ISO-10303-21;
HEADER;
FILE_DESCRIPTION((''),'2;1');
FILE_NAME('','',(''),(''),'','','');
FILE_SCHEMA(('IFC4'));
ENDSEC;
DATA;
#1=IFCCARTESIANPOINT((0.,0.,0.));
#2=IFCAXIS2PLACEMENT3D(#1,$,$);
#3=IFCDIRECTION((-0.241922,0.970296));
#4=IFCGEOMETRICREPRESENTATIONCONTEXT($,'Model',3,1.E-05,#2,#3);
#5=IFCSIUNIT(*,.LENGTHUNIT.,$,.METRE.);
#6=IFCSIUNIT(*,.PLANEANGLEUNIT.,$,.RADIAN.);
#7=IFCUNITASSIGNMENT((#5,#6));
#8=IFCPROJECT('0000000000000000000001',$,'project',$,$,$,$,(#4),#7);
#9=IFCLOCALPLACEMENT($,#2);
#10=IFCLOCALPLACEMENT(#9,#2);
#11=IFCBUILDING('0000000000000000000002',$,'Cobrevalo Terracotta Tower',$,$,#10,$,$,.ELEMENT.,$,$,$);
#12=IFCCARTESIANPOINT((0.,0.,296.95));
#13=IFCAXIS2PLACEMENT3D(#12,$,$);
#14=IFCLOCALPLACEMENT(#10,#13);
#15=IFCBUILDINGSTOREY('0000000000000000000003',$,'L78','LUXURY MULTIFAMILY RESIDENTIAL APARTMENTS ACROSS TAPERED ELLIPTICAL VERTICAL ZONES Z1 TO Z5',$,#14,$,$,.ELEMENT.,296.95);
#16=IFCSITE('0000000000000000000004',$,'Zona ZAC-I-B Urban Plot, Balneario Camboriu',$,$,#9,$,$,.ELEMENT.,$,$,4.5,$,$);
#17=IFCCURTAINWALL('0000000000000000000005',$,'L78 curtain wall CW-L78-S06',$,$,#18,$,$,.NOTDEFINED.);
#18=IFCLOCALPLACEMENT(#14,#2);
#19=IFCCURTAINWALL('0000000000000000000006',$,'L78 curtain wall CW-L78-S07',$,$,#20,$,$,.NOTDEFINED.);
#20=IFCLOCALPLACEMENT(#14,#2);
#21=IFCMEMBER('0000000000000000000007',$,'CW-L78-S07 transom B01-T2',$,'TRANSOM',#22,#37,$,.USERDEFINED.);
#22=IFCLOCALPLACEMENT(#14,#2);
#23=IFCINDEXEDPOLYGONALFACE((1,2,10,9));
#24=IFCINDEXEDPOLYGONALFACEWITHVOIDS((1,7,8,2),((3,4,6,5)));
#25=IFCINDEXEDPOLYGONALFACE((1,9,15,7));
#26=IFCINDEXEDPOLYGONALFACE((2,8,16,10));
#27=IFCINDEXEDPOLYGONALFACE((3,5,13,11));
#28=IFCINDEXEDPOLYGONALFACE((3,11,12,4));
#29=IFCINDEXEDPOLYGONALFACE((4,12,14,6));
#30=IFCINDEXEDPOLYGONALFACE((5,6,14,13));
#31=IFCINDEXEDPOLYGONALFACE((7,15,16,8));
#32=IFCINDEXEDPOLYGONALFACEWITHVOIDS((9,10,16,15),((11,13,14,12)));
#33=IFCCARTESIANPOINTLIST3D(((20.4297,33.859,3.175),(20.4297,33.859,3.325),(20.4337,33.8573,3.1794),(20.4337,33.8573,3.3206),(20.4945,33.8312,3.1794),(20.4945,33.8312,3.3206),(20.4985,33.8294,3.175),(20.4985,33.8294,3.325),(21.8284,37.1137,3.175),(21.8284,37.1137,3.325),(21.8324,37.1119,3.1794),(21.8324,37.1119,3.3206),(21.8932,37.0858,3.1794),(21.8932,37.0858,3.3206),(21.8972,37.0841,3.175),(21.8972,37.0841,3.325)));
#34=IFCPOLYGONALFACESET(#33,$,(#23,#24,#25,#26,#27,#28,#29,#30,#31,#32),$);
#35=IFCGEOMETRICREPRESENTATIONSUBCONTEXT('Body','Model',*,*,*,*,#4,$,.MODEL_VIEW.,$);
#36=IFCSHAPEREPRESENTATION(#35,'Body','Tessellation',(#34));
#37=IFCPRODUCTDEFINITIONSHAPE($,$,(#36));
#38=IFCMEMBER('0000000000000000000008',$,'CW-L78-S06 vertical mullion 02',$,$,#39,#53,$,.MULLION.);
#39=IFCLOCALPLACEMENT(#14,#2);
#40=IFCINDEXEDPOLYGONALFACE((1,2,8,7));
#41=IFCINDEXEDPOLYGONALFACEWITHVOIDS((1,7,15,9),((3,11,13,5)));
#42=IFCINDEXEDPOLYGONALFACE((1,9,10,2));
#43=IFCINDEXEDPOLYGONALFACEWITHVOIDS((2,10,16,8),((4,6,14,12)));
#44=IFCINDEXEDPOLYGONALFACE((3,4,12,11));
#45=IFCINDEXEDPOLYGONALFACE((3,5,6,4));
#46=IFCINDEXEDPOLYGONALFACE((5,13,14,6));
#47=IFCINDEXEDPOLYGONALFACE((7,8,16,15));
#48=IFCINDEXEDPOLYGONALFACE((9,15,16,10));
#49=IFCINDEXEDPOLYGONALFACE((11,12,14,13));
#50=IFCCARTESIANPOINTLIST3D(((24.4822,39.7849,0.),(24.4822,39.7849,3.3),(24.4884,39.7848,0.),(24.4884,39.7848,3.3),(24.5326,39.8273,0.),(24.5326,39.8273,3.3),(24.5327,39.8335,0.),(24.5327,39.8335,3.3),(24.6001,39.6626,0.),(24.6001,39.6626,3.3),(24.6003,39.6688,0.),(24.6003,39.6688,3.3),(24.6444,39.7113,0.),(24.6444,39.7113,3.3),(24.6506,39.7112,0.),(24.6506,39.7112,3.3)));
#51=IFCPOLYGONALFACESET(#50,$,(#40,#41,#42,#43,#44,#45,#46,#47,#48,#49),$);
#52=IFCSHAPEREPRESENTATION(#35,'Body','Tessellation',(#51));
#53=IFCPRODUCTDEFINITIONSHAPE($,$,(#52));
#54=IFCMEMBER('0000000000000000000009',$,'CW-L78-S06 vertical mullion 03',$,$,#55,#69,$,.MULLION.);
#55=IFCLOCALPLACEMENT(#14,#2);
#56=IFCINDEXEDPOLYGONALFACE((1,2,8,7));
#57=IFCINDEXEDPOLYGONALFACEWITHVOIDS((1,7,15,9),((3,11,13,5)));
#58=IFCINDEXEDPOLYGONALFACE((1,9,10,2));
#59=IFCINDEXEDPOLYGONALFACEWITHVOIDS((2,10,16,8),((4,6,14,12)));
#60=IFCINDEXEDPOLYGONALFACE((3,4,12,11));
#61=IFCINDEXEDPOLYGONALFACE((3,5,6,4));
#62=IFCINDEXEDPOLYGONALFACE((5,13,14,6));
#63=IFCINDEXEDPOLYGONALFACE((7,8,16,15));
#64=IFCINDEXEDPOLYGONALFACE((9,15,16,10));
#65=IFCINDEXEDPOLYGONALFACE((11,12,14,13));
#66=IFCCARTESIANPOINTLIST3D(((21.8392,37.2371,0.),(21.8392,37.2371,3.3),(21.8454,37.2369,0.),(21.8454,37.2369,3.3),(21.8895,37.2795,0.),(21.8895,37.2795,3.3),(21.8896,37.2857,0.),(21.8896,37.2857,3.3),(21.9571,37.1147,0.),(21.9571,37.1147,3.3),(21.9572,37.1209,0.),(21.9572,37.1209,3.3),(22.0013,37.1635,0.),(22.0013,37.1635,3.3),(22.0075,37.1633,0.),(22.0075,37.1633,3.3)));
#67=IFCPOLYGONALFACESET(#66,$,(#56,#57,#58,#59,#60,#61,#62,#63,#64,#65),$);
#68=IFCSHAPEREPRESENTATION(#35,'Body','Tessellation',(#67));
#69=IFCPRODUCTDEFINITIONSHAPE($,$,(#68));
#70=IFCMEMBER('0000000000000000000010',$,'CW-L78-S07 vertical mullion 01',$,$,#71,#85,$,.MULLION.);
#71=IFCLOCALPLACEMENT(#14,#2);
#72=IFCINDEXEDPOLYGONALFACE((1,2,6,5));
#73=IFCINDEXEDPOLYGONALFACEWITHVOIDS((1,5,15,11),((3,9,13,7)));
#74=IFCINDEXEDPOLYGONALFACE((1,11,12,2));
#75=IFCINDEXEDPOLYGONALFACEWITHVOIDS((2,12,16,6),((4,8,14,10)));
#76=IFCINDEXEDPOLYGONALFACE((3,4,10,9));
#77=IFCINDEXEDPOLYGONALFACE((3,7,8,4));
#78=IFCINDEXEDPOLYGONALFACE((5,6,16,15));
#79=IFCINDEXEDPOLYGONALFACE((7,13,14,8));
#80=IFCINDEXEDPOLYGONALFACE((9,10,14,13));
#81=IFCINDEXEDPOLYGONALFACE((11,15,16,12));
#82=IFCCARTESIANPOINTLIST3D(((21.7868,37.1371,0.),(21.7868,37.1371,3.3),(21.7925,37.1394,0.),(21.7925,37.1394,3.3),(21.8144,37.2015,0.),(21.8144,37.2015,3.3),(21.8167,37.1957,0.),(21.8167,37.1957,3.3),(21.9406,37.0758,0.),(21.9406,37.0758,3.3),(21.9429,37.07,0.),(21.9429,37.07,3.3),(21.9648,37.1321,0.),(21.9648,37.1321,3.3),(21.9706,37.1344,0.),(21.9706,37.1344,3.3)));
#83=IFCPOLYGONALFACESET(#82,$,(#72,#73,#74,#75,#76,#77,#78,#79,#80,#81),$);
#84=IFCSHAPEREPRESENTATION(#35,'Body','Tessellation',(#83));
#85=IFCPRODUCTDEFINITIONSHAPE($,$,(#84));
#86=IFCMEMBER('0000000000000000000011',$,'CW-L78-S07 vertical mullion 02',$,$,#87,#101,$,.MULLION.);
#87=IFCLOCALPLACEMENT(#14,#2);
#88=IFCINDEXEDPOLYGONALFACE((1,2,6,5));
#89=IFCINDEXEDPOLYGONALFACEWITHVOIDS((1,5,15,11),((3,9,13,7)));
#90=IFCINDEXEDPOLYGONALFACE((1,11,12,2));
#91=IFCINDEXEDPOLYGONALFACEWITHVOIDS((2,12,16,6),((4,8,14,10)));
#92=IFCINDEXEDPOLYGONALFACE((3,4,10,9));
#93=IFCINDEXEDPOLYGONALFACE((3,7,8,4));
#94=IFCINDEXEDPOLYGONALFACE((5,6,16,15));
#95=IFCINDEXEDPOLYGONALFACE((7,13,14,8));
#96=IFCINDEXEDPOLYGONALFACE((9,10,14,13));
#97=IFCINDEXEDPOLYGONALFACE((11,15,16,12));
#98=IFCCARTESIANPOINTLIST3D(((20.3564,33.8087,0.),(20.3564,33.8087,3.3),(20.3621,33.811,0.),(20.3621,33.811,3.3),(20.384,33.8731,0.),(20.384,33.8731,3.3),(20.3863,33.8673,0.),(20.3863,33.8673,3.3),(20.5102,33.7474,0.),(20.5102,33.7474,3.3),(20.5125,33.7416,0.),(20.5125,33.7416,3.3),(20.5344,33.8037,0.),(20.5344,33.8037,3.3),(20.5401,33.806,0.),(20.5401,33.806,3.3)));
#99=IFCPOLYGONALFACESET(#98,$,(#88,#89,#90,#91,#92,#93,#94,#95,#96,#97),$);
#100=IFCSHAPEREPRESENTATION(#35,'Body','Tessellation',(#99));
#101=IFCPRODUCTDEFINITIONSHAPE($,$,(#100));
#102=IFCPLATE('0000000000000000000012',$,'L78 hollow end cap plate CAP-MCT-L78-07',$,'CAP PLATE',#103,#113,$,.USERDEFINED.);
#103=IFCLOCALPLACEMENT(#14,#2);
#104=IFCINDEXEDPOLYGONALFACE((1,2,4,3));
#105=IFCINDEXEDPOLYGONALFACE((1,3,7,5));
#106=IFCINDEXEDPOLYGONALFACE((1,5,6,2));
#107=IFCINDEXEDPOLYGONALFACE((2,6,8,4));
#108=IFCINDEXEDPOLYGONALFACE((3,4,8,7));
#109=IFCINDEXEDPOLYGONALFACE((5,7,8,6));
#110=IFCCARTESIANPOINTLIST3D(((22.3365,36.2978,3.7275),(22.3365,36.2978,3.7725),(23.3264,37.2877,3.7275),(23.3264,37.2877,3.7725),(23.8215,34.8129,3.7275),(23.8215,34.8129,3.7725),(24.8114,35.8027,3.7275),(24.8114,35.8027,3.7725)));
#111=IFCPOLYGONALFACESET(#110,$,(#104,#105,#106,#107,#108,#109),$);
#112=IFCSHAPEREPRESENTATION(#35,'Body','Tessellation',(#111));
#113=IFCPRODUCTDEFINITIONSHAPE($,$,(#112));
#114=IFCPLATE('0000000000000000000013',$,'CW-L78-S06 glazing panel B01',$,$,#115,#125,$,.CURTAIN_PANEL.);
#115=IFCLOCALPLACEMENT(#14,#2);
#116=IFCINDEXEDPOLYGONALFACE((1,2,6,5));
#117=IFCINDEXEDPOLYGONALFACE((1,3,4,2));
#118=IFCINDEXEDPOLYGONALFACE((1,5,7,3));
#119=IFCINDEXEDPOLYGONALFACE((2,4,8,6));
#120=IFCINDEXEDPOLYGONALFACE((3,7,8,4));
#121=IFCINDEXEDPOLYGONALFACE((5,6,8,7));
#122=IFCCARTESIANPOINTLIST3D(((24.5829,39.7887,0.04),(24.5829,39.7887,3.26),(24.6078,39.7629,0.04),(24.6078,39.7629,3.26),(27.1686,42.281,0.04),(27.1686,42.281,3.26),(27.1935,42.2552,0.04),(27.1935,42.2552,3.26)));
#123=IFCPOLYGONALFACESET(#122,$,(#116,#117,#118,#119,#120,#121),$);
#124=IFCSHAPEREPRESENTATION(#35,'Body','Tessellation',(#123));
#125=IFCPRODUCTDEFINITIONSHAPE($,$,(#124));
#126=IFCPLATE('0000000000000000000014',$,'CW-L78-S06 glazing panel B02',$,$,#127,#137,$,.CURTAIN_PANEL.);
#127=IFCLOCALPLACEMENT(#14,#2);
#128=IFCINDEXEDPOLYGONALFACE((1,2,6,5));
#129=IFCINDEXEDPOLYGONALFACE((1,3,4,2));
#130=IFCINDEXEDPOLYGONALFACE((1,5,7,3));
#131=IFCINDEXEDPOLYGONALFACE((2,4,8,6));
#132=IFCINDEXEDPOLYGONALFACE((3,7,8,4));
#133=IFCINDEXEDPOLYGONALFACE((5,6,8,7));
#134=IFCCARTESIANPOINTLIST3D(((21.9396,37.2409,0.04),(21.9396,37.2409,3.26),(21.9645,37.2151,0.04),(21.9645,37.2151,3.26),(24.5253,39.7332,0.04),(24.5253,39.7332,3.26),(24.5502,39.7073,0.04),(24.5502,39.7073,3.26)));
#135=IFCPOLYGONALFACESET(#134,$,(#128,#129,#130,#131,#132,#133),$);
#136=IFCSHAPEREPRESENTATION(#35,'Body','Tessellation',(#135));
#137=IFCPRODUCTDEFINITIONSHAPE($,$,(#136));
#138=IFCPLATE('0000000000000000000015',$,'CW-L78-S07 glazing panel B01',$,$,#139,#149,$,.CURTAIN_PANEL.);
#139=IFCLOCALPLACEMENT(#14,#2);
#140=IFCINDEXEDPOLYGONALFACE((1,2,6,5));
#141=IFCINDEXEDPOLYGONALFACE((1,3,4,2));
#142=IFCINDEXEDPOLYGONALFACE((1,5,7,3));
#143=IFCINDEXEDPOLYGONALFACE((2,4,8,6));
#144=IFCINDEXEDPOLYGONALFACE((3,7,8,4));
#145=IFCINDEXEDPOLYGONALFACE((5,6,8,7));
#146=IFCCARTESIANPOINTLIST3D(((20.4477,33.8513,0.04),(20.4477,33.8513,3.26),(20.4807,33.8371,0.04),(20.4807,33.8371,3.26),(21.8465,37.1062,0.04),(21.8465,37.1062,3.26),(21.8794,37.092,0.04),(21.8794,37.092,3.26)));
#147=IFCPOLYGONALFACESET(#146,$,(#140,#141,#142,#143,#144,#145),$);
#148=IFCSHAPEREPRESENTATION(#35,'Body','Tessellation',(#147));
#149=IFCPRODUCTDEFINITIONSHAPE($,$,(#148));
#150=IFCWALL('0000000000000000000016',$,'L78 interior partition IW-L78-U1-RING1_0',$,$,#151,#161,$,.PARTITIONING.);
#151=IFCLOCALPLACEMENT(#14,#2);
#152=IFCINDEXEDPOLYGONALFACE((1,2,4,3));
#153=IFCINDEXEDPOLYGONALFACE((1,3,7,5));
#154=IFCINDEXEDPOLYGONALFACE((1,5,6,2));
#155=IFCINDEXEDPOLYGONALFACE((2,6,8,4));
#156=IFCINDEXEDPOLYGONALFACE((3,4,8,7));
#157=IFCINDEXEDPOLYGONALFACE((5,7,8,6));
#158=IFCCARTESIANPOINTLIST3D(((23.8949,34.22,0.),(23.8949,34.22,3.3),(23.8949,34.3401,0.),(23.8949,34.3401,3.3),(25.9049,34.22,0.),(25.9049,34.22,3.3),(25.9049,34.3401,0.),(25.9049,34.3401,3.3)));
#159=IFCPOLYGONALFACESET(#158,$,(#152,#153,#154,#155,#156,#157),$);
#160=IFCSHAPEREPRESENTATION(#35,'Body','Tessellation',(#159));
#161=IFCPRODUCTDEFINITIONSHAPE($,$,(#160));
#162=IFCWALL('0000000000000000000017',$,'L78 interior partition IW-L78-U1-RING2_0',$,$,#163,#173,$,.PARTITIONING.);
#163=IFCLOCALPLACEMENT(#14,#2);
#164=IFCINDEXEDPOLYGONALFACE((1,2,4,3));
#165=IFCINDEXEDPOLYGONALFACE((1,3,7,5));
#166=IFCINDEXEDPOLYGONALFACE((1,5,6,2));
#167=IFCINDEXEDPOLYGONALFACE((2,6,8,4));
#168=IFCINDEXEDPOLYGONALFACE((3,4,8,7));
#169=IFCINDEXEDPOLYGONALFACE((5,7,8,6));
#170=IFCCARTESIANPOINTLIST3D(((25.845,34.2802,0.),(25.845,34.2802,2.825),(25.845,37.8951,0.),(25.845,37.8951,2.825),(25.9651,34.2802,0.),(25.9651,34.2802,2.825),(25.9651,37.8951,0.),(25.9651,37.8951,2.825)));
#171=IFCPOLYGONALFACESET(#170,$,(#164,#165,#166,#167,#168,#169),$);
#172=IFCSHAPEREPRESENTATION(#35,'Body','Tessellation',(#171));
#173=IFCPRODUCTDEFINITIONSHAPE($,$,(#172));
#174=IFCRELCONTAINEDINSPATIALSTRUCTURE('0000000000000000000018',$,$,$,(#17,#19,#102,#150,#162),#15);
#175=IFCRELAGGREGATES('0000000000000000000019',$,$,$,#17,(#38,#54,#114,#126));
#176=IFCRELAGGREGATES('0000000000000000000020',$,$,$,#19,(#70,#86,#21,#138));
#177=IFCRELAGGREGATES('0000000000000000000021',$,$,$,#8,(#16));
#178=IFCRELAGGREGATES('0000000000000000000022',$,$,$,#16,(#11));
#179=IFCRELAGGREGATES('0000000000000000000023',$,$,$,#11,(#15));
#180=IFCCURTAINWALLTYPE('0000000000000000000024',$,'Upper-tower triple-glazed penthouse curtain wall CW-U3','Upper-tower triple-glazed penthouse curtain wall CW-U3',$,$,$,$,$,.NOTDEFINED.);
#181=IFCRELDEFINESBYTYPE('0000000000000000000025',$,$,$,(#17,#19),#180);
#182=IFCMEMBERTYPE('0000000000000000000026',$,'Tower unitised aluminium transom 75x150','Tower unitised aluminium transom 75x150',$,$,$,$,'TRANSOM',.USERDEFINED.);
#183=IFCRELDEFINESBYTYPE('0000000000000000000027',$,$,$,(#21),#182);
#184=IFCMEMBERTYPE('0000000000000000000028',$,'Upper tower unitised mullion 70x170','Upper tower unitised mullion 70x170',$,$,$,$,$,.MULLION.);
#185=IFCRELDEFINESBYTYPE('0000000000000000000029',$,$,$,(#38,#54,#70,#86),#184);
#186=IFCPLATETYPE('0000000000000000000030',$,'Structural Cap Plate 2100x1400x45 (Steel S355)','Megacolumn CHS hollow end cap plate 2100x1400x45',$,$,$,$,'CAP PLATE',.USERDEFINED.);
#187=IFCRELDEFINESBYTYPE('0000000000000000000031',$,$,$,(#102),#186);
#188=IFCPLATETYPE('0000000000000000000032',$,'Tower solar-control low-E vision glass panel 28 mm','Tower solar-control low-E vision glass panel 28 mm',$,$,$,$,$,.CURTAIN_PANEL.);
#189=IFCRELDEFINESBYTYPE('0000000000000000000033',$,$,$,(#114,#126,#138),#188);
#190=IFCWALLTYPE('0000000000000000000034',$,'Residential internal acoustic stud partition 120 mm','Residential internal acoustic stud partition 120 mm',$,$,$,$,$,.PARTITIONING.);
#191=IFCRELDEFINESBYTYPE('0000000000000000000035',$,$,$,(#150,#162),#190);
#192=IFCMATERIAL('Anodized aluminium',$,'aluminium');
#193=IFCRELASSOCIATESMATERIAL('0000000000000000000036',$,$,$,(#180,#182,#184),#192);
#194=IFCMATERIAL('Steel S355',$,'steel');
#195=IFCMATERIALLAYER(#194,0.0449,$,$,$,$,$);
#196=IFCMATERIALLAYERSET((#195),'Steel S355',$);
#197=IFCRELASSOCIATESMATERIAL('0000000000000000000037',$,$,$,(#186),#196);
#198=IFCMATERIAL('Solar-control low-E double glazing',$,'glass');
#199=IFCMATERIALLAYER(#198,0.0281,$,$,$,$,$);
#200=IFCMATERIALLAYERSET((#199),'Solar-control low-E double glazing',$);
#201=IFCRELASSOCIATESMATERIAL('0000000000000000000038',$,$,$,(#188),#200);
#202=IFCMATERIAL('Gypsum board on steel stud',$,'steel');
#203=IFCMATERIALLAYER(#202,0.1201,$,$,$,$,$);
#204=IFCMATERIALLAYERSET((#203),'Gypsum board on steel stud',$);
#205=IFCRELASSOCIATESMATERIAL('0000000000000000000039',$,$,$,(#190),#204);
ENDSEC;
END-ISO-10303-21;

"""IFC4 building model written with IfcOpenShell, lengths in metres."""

from ifc_helpers import new_model, si_unit, direction, frame, frame_2d, origin, origin_2d, place, context, subcontext, project, spatial, rectangle, hollow_rectangle, extrude, source, transform, mapped, material, layer, layer_set, material_profile, profile_set, type_object, element, aggregate, save


model = new_model("IFC4")

# Units and contexts
model_context = context("Model", 3, precision=1e-05, world=origin(), true_north=direction((-0.241922, 0.970296)))
body_context = subcontext(model_context, "Body", "Model", "MODEL_VIEW")
ifc_project = project(units=[si_unit("LENGTHUNIT", "METRE"), si_unit("PLANEANGLEUNIT", "RADIAN")], contexts=[model_context])

# Site, building, storey
site_placement = place(None, origin())
site = spatial("IfcSite", under=ifc_project, at=site_placement, Name="Zona ZAC-I-B Urban Plot, Balneario Camboriu", CompositionType="ELEMENT", RefElevation=4.5)
building_placement = place(site_placement, origin())
building = spatial("IfcBuilding", under=site, at=building_placement, Name="Cobrevalo Terracotta Tower", CompositionType="ELEMENT")
storey_placement = place(building_placement, frame((0.0, 0.0, 296.95)))
storey = spatial("IfcBuildingStorey", under=building, at=storey_placement, Name="L78", Description="LUXURY MULTIFAMILY RESIDENTIAL APARTMENTS ACROSS TAPERED ELLIPTICAL VERTICAL ZONES Z1 TO Z5", CompositionType="ELEMENT", Elevation=296.95)

# Shared definitions
ifc_material_1 = material(Name="Steel S355", Category="steel")

# Curtain walls, member
ifc_material_2 = material(Name="Anodized aluminium", Category="aluminium")
curtain_wall_type = type_object("IfcCurtainWallType", Name="Upper-tower triple-glazed penthouse curtain wall CW-U3", Description="Upper-tower triple-glazed penthouse curtain wall CW-U3", PredefinedType="NOTDEFINED", material=ifc_material_2)
curtain_wall_1_placement = place(storey_placement, origin())
curtain_wall_1 = element("IfcCurtainWall", 1, at=curtain_wall_1_placement, inside=storey, type_object=curtain_wall_type, Name="L78 curtain wall CW-L78-S06", PredefinedType="NOTDEFINED")
ifc_material_profile_1 = material_profile(ifc_material_2, hollow_rectangle(XDim=0.075, YDim=0.1499, WallThickness=0.0044, at=origin_2d()), Name="CWT 75x150")
ifc_profile_set_1 = profile_set([ifc_material_profile_1], Name="Anodized aluminium")
member_type_1 = type_object("IfcMemberType", Name="Tower unitised aluminium transom 75x150", Description="Tower unitised aluminium transom 75x150", ElementType="TRANSOM", PredefinedType="USERDEFINED", material=ifc_profile_set_1)
curtain_wall_2_placement = place(storey_placement, origin())
curtain_wall_2 = element("IfcCurtainWall", 2, at=curtain_wall_2_placement, inside=storey, type_object=curtain_wall_type, Name="L78 curtain wall CW-L78-S07", PredefinedType="NOTDEFINED")
shared_shape_1 = source(origin(), body_context, "Body", "SweptSolid", [
    extrude(hollow_rectangle(XDim=0.075, YDim=0.1499, WallThickness=0.0044, at=origin_2d()), origin(), (0.0, 0.0, 1.0), 3.5425),
])
member_1_placement = place(storey_placement, frame((21.8628, 37.0989, 3.25), z_axis=(-0.394834, -0.918752, 0.0), x_axis=(0.918752, -0.394834, 0.0)))
member_1 = element("IfcMember", 3, at=member_1_placement, type_object=member_type_1, Name="CW-L78-S07 transom B01-T2", ObjectType="TRANSOM", PredefinedType="USERDEFINED", context=body_context, shape_type="MappedRepresentation", body=[
    mapped(shared_shape_1, transform((0.0, 0.0, 0.0), scale=1.0)),
])

# Members
ifc_material_profile_2 = material_profile(ifc_material_2, hollow_rectangle(XDim=0.0701, YDim=0.1699, WallThickness=0.0044, at=origin_2d()), Name="CWM 70x170")
ifc_profile_set_2 = profile_set([ifc_material_profile_2], Name="Anodized aluminium")
member_type_2 = type_object("IfcMemberType", Name="Upper tower unitised mullion 70x170", Description="Upper tower unitised mullion 70x170", PredefinedType="MULLION", material=ifc_profile_set_2)
shared_shape_2 = source(origin(), body_context, "Body", "SweptSolid", [
    extrude(hollow_rectangle(XDim=0.0701, YDim=0.1699, WallThickness=0.0044, at=origin_2d()), origin(), (0.0, 0.0, 1.0), 3.3),
])
member_2_placement = place(storey_placement, frame((24.5664, 39.748, 0.0), z_axis=(0.0, 0.0, 1.0), x_axis=(-0.719994, -0.69398, 0.0)))
member_2 = element("IfcMember", 4, at=member_2_placement, type_object=member_type_2, Name="CW-L78-S06 vertical mullion 02", PredefinedType="MULLION", context=body_context, shape_type="MappedRepresentation", body=[
    mapped(shared_shape_2, transform((0.0, 0.0, 0.0), scale=1.0)),
])
member_3_placement = place(storey_placement, frame((21.9233, 37.2002, 0.0), z_axis=(0.0, 0.0, 1.0), x_axis=(-0.719994, -0.69398, 0.0)))
member_3 = element("IfcMember", 5, at=member_3_placement, type_object=member_type_2, Name="CW-L78-S06 vertical mullion 03", PredefinedType="MULLION", context=body_context, shape_type="MappedRepresentation", body=[
    mapped(shared_shape_2, transform((0.0, 0.0, 0.0), scale=1.0)),
])
member_4_placement = place(storey_placement, frame((21.8787, 37.1357, 0.0), z_axis=(0.0, 0.0, 1.0), x_axis=(-0.394824, -0.918757, 0.0)))
member_4 = element("IfcMember", 6, at=member_4_placement, type_object=member_type_2, Name="CW-L78-S07 vertical mullion 01", PredefinedType="MULLION", context=body_context, shape_type="MappedRepresentation", body=[
    mapped(shared_shape_2, transform((0.0, 0.0, 0.0), scale=1.0)),
])
member_5_placement = place(storey_placement, frame((20.4482, 33.8074, 0.0), z_axis=(0.0, 0.0, 1.0), x_axis=(-0.394824, -0.918757, 0.0)))
member_5 = element("IfcMember", 7, at=member_5_placement, type_object=member_type_2, Name="CW-L78-S07 vertical mullion 02", PredefinedType="MULLION", context=body_context, shape_type="MappedRepresentation", body=[
    mapped(shared_shape_2, transform((0.0, 0.0, 0.0), scale=1.0)),
])

# Plates
ifc_layer_1 = layer(ifc_material_1, 0.0449)
ifc_layer_set_1 = layer_set([ifc_layer_1], Name="Steel S355")
plate_type_1 = type_object("IfcPlateType", Name="Structural Cap Plate 2100x1400x45 (Steel S355)", Description="Megacolumn CHS hollow end cap plate 2100x1400x45", ElementType="CAP PLATE", PredefinedType="USERDEFINED", material=ifc_layer_set_1)
shared_shape_3 = source(origin(), body_context, "Body", "SweptSolid", [
    extrude(rectangle(XDim=2.1001, YDim=1.3999, at=origin_2d()), origin(), (0.0, 0.0, 1.0), 0.0449),
])
plate_1_placement = place(storey_placement, frame((23.574, 36.0503, 3.7275), z_axis=(0.0, 0.0, 1.0), x_axis=(-0.707107, 0.707107, 0.0)))
element("IfcPlate", 8, at=plate_1_placement, inside=storey, type_object=plate_type_1, Name="L78 hollow end cap plate CAP-MCT-L78-07", ObjectType="CAP PLATE", PredefinedType="USERDEFINED", context=body_context, shape_type="MappedRepresentation", body=[
    mapped(shared_shape_3, transform((0.0, 0.0, 0.0), scale=1.0)),
])
ifc_material_3 = material(Name="Solar-control low-E double glazing", Category="glass")
ifc_layer_2 = layer(ifc_material_3, 0.0281)
ifc_layer_set_2 = layer_set([ifc_layer_2], Name="Solar-control low-E double glazing")
plate_type_2 = type_object("IfcPlateType", Name="Tower solar-control low-E vision glass panel 28 mm", Description="Tower solar-control low-E vision glass panel 28 mm", PredefinedType="CURTAIN_PANEL", material=ifc_layer_set_2)
shared_shape_4 = source(origin(), body_context, "Body", "SweptSolid", [
    extrude(rectangle(XDim=3.5913, YDim=0.0359, at=origin_2d()), origin(), (0.0, 0.0, 1.0), 3.22),
])
plate_2_placement = place(storey_placement, frame((25.8882, 41.022, 0.04), z_axis=(0.0, 0.0, 1.0), x_axis=(-0.719997, -0.693978, 0.0)))
plate_2 = element("IfcPlate", 9, at=plate_2_placement, type_object=plate_type_2, Name="CW-L78-S06 glazing panel B01", PredefinedType="CURTAIN_PANEL", context=body_context, shape_type="MappedRepresentation", body=[
    mapped(shared_shape_4, transform((0.0, 0.0, 0.0), scale=1.0)),
])
plate_3_placement = place(storey_placement, frame((23.2449, 38.4741, 0.04), z_axis=(0.0, 0.0, 1.0), x_axis=(-0.719997, -0.693978, 0.0)))
plate_3 = element("IfcPlate", 10, at=plate_3_placement, type_object=plate_type_2, Name="CW-L78-S06 glazing panel B02", PredefinedType="CURTAIN_PANEL", context=body_context, shape_type="MappedRepresentation", body=[
    mapped(shared_shape_4, transform((0.0, 0.0, 0.0), scale=1.0)),
])
aggregate(curtain_wall_1, [member_2, member_3, plate_2, plate_3])
shared_shape_5 = source(origin(), body_context, "Body", "SweptSolid", [
    extrude(rectangle(XDim=3.5427, YDim=0.0359, at=origin_2d()), origin(), (0.0, 0.0, 1.0), 3.22),
])
plate_4_placement = place(storey_placement, frame((21.1636, 35.4717, 0.04), z_axis=(0.0, 0.0, 1.0), x_axis=(-0.394829, -0.918755, 0.0)))
plate_4 = element("IfcPlate", 11, at=plate_4_placement, type_object=plate_type_2, Name="CW-L78-S07 glazing panel B01", PredefinedType="CURTAIN_PANEL", context=body_context, shape_type="MappedRepresentation", body=[
    mapped(shared_shape_5, transform((0.0, 0.0, 0.0), scale=1.0)),
])
aggregate(curtain_wall_2, [member_4, member_5, member_1, plate_4])

# Walls
ifc_material_4 = material(Name="Gypsum board on steel stud", Category="steel")
ifc_layer_3 = layer(ifc_material_4, 0.1201)
ifc_layer_set_3 = layer_set([ifc_layer_3], Name="Gypsum board on steel stud")
wall_type = type_object("IfcWallType", Name="Residential internal acoustic stud partition 120 mm", Description="Residential internal acoustic stud partition 120 mm", PredefinedType="PARTITIONING", material=ifc_layer_set_3)
wall_1_placement = place(storey_placement, frame((23.895, 34.28, 0.0), z_axis=(0.0, 0.0, 1.0), x_axis=(1.0, 0.0, 0.0)))
element("IfcWall", 12, at=wall_1_placement, inside=storey, type_object=wall_type, Name="L78 interior partition IW-L78-U1-RING1_0", PredefinedType="PARTITIONING", context=body_context, shape_type="SweptSolid", body=[
    extrude(rectangle(XDim=2.01, YDim=0.1201, at=frame_2d((1.0049, 0.0))), origin(), (0.0, 0.0, 1.0), 3.3),
])
wall_2_placement = place(storey_placement, frame((25.905, 34.28, 0.0), z_axis=(0.0, 0.0, 1.0), x_axis=(0.0, 1.0, 0.0)))
element("IfcWall", 13, at=wall_2_placement, inside=storey, type_object=wall_type, Name="L78 interior partition IW-L78-U1-RING2_0", PredefinedType="PARTITIONING", context=body_context, shape_type="SweptSolid", body=[
    extrude(rectangle(XDim=3.615, YDim=0.1201, at=frame_2d((1.8076, 0.0))), origin(), (0.0, 0.0, 1.0), 2.825),
])

save(model, "model.ifc")
